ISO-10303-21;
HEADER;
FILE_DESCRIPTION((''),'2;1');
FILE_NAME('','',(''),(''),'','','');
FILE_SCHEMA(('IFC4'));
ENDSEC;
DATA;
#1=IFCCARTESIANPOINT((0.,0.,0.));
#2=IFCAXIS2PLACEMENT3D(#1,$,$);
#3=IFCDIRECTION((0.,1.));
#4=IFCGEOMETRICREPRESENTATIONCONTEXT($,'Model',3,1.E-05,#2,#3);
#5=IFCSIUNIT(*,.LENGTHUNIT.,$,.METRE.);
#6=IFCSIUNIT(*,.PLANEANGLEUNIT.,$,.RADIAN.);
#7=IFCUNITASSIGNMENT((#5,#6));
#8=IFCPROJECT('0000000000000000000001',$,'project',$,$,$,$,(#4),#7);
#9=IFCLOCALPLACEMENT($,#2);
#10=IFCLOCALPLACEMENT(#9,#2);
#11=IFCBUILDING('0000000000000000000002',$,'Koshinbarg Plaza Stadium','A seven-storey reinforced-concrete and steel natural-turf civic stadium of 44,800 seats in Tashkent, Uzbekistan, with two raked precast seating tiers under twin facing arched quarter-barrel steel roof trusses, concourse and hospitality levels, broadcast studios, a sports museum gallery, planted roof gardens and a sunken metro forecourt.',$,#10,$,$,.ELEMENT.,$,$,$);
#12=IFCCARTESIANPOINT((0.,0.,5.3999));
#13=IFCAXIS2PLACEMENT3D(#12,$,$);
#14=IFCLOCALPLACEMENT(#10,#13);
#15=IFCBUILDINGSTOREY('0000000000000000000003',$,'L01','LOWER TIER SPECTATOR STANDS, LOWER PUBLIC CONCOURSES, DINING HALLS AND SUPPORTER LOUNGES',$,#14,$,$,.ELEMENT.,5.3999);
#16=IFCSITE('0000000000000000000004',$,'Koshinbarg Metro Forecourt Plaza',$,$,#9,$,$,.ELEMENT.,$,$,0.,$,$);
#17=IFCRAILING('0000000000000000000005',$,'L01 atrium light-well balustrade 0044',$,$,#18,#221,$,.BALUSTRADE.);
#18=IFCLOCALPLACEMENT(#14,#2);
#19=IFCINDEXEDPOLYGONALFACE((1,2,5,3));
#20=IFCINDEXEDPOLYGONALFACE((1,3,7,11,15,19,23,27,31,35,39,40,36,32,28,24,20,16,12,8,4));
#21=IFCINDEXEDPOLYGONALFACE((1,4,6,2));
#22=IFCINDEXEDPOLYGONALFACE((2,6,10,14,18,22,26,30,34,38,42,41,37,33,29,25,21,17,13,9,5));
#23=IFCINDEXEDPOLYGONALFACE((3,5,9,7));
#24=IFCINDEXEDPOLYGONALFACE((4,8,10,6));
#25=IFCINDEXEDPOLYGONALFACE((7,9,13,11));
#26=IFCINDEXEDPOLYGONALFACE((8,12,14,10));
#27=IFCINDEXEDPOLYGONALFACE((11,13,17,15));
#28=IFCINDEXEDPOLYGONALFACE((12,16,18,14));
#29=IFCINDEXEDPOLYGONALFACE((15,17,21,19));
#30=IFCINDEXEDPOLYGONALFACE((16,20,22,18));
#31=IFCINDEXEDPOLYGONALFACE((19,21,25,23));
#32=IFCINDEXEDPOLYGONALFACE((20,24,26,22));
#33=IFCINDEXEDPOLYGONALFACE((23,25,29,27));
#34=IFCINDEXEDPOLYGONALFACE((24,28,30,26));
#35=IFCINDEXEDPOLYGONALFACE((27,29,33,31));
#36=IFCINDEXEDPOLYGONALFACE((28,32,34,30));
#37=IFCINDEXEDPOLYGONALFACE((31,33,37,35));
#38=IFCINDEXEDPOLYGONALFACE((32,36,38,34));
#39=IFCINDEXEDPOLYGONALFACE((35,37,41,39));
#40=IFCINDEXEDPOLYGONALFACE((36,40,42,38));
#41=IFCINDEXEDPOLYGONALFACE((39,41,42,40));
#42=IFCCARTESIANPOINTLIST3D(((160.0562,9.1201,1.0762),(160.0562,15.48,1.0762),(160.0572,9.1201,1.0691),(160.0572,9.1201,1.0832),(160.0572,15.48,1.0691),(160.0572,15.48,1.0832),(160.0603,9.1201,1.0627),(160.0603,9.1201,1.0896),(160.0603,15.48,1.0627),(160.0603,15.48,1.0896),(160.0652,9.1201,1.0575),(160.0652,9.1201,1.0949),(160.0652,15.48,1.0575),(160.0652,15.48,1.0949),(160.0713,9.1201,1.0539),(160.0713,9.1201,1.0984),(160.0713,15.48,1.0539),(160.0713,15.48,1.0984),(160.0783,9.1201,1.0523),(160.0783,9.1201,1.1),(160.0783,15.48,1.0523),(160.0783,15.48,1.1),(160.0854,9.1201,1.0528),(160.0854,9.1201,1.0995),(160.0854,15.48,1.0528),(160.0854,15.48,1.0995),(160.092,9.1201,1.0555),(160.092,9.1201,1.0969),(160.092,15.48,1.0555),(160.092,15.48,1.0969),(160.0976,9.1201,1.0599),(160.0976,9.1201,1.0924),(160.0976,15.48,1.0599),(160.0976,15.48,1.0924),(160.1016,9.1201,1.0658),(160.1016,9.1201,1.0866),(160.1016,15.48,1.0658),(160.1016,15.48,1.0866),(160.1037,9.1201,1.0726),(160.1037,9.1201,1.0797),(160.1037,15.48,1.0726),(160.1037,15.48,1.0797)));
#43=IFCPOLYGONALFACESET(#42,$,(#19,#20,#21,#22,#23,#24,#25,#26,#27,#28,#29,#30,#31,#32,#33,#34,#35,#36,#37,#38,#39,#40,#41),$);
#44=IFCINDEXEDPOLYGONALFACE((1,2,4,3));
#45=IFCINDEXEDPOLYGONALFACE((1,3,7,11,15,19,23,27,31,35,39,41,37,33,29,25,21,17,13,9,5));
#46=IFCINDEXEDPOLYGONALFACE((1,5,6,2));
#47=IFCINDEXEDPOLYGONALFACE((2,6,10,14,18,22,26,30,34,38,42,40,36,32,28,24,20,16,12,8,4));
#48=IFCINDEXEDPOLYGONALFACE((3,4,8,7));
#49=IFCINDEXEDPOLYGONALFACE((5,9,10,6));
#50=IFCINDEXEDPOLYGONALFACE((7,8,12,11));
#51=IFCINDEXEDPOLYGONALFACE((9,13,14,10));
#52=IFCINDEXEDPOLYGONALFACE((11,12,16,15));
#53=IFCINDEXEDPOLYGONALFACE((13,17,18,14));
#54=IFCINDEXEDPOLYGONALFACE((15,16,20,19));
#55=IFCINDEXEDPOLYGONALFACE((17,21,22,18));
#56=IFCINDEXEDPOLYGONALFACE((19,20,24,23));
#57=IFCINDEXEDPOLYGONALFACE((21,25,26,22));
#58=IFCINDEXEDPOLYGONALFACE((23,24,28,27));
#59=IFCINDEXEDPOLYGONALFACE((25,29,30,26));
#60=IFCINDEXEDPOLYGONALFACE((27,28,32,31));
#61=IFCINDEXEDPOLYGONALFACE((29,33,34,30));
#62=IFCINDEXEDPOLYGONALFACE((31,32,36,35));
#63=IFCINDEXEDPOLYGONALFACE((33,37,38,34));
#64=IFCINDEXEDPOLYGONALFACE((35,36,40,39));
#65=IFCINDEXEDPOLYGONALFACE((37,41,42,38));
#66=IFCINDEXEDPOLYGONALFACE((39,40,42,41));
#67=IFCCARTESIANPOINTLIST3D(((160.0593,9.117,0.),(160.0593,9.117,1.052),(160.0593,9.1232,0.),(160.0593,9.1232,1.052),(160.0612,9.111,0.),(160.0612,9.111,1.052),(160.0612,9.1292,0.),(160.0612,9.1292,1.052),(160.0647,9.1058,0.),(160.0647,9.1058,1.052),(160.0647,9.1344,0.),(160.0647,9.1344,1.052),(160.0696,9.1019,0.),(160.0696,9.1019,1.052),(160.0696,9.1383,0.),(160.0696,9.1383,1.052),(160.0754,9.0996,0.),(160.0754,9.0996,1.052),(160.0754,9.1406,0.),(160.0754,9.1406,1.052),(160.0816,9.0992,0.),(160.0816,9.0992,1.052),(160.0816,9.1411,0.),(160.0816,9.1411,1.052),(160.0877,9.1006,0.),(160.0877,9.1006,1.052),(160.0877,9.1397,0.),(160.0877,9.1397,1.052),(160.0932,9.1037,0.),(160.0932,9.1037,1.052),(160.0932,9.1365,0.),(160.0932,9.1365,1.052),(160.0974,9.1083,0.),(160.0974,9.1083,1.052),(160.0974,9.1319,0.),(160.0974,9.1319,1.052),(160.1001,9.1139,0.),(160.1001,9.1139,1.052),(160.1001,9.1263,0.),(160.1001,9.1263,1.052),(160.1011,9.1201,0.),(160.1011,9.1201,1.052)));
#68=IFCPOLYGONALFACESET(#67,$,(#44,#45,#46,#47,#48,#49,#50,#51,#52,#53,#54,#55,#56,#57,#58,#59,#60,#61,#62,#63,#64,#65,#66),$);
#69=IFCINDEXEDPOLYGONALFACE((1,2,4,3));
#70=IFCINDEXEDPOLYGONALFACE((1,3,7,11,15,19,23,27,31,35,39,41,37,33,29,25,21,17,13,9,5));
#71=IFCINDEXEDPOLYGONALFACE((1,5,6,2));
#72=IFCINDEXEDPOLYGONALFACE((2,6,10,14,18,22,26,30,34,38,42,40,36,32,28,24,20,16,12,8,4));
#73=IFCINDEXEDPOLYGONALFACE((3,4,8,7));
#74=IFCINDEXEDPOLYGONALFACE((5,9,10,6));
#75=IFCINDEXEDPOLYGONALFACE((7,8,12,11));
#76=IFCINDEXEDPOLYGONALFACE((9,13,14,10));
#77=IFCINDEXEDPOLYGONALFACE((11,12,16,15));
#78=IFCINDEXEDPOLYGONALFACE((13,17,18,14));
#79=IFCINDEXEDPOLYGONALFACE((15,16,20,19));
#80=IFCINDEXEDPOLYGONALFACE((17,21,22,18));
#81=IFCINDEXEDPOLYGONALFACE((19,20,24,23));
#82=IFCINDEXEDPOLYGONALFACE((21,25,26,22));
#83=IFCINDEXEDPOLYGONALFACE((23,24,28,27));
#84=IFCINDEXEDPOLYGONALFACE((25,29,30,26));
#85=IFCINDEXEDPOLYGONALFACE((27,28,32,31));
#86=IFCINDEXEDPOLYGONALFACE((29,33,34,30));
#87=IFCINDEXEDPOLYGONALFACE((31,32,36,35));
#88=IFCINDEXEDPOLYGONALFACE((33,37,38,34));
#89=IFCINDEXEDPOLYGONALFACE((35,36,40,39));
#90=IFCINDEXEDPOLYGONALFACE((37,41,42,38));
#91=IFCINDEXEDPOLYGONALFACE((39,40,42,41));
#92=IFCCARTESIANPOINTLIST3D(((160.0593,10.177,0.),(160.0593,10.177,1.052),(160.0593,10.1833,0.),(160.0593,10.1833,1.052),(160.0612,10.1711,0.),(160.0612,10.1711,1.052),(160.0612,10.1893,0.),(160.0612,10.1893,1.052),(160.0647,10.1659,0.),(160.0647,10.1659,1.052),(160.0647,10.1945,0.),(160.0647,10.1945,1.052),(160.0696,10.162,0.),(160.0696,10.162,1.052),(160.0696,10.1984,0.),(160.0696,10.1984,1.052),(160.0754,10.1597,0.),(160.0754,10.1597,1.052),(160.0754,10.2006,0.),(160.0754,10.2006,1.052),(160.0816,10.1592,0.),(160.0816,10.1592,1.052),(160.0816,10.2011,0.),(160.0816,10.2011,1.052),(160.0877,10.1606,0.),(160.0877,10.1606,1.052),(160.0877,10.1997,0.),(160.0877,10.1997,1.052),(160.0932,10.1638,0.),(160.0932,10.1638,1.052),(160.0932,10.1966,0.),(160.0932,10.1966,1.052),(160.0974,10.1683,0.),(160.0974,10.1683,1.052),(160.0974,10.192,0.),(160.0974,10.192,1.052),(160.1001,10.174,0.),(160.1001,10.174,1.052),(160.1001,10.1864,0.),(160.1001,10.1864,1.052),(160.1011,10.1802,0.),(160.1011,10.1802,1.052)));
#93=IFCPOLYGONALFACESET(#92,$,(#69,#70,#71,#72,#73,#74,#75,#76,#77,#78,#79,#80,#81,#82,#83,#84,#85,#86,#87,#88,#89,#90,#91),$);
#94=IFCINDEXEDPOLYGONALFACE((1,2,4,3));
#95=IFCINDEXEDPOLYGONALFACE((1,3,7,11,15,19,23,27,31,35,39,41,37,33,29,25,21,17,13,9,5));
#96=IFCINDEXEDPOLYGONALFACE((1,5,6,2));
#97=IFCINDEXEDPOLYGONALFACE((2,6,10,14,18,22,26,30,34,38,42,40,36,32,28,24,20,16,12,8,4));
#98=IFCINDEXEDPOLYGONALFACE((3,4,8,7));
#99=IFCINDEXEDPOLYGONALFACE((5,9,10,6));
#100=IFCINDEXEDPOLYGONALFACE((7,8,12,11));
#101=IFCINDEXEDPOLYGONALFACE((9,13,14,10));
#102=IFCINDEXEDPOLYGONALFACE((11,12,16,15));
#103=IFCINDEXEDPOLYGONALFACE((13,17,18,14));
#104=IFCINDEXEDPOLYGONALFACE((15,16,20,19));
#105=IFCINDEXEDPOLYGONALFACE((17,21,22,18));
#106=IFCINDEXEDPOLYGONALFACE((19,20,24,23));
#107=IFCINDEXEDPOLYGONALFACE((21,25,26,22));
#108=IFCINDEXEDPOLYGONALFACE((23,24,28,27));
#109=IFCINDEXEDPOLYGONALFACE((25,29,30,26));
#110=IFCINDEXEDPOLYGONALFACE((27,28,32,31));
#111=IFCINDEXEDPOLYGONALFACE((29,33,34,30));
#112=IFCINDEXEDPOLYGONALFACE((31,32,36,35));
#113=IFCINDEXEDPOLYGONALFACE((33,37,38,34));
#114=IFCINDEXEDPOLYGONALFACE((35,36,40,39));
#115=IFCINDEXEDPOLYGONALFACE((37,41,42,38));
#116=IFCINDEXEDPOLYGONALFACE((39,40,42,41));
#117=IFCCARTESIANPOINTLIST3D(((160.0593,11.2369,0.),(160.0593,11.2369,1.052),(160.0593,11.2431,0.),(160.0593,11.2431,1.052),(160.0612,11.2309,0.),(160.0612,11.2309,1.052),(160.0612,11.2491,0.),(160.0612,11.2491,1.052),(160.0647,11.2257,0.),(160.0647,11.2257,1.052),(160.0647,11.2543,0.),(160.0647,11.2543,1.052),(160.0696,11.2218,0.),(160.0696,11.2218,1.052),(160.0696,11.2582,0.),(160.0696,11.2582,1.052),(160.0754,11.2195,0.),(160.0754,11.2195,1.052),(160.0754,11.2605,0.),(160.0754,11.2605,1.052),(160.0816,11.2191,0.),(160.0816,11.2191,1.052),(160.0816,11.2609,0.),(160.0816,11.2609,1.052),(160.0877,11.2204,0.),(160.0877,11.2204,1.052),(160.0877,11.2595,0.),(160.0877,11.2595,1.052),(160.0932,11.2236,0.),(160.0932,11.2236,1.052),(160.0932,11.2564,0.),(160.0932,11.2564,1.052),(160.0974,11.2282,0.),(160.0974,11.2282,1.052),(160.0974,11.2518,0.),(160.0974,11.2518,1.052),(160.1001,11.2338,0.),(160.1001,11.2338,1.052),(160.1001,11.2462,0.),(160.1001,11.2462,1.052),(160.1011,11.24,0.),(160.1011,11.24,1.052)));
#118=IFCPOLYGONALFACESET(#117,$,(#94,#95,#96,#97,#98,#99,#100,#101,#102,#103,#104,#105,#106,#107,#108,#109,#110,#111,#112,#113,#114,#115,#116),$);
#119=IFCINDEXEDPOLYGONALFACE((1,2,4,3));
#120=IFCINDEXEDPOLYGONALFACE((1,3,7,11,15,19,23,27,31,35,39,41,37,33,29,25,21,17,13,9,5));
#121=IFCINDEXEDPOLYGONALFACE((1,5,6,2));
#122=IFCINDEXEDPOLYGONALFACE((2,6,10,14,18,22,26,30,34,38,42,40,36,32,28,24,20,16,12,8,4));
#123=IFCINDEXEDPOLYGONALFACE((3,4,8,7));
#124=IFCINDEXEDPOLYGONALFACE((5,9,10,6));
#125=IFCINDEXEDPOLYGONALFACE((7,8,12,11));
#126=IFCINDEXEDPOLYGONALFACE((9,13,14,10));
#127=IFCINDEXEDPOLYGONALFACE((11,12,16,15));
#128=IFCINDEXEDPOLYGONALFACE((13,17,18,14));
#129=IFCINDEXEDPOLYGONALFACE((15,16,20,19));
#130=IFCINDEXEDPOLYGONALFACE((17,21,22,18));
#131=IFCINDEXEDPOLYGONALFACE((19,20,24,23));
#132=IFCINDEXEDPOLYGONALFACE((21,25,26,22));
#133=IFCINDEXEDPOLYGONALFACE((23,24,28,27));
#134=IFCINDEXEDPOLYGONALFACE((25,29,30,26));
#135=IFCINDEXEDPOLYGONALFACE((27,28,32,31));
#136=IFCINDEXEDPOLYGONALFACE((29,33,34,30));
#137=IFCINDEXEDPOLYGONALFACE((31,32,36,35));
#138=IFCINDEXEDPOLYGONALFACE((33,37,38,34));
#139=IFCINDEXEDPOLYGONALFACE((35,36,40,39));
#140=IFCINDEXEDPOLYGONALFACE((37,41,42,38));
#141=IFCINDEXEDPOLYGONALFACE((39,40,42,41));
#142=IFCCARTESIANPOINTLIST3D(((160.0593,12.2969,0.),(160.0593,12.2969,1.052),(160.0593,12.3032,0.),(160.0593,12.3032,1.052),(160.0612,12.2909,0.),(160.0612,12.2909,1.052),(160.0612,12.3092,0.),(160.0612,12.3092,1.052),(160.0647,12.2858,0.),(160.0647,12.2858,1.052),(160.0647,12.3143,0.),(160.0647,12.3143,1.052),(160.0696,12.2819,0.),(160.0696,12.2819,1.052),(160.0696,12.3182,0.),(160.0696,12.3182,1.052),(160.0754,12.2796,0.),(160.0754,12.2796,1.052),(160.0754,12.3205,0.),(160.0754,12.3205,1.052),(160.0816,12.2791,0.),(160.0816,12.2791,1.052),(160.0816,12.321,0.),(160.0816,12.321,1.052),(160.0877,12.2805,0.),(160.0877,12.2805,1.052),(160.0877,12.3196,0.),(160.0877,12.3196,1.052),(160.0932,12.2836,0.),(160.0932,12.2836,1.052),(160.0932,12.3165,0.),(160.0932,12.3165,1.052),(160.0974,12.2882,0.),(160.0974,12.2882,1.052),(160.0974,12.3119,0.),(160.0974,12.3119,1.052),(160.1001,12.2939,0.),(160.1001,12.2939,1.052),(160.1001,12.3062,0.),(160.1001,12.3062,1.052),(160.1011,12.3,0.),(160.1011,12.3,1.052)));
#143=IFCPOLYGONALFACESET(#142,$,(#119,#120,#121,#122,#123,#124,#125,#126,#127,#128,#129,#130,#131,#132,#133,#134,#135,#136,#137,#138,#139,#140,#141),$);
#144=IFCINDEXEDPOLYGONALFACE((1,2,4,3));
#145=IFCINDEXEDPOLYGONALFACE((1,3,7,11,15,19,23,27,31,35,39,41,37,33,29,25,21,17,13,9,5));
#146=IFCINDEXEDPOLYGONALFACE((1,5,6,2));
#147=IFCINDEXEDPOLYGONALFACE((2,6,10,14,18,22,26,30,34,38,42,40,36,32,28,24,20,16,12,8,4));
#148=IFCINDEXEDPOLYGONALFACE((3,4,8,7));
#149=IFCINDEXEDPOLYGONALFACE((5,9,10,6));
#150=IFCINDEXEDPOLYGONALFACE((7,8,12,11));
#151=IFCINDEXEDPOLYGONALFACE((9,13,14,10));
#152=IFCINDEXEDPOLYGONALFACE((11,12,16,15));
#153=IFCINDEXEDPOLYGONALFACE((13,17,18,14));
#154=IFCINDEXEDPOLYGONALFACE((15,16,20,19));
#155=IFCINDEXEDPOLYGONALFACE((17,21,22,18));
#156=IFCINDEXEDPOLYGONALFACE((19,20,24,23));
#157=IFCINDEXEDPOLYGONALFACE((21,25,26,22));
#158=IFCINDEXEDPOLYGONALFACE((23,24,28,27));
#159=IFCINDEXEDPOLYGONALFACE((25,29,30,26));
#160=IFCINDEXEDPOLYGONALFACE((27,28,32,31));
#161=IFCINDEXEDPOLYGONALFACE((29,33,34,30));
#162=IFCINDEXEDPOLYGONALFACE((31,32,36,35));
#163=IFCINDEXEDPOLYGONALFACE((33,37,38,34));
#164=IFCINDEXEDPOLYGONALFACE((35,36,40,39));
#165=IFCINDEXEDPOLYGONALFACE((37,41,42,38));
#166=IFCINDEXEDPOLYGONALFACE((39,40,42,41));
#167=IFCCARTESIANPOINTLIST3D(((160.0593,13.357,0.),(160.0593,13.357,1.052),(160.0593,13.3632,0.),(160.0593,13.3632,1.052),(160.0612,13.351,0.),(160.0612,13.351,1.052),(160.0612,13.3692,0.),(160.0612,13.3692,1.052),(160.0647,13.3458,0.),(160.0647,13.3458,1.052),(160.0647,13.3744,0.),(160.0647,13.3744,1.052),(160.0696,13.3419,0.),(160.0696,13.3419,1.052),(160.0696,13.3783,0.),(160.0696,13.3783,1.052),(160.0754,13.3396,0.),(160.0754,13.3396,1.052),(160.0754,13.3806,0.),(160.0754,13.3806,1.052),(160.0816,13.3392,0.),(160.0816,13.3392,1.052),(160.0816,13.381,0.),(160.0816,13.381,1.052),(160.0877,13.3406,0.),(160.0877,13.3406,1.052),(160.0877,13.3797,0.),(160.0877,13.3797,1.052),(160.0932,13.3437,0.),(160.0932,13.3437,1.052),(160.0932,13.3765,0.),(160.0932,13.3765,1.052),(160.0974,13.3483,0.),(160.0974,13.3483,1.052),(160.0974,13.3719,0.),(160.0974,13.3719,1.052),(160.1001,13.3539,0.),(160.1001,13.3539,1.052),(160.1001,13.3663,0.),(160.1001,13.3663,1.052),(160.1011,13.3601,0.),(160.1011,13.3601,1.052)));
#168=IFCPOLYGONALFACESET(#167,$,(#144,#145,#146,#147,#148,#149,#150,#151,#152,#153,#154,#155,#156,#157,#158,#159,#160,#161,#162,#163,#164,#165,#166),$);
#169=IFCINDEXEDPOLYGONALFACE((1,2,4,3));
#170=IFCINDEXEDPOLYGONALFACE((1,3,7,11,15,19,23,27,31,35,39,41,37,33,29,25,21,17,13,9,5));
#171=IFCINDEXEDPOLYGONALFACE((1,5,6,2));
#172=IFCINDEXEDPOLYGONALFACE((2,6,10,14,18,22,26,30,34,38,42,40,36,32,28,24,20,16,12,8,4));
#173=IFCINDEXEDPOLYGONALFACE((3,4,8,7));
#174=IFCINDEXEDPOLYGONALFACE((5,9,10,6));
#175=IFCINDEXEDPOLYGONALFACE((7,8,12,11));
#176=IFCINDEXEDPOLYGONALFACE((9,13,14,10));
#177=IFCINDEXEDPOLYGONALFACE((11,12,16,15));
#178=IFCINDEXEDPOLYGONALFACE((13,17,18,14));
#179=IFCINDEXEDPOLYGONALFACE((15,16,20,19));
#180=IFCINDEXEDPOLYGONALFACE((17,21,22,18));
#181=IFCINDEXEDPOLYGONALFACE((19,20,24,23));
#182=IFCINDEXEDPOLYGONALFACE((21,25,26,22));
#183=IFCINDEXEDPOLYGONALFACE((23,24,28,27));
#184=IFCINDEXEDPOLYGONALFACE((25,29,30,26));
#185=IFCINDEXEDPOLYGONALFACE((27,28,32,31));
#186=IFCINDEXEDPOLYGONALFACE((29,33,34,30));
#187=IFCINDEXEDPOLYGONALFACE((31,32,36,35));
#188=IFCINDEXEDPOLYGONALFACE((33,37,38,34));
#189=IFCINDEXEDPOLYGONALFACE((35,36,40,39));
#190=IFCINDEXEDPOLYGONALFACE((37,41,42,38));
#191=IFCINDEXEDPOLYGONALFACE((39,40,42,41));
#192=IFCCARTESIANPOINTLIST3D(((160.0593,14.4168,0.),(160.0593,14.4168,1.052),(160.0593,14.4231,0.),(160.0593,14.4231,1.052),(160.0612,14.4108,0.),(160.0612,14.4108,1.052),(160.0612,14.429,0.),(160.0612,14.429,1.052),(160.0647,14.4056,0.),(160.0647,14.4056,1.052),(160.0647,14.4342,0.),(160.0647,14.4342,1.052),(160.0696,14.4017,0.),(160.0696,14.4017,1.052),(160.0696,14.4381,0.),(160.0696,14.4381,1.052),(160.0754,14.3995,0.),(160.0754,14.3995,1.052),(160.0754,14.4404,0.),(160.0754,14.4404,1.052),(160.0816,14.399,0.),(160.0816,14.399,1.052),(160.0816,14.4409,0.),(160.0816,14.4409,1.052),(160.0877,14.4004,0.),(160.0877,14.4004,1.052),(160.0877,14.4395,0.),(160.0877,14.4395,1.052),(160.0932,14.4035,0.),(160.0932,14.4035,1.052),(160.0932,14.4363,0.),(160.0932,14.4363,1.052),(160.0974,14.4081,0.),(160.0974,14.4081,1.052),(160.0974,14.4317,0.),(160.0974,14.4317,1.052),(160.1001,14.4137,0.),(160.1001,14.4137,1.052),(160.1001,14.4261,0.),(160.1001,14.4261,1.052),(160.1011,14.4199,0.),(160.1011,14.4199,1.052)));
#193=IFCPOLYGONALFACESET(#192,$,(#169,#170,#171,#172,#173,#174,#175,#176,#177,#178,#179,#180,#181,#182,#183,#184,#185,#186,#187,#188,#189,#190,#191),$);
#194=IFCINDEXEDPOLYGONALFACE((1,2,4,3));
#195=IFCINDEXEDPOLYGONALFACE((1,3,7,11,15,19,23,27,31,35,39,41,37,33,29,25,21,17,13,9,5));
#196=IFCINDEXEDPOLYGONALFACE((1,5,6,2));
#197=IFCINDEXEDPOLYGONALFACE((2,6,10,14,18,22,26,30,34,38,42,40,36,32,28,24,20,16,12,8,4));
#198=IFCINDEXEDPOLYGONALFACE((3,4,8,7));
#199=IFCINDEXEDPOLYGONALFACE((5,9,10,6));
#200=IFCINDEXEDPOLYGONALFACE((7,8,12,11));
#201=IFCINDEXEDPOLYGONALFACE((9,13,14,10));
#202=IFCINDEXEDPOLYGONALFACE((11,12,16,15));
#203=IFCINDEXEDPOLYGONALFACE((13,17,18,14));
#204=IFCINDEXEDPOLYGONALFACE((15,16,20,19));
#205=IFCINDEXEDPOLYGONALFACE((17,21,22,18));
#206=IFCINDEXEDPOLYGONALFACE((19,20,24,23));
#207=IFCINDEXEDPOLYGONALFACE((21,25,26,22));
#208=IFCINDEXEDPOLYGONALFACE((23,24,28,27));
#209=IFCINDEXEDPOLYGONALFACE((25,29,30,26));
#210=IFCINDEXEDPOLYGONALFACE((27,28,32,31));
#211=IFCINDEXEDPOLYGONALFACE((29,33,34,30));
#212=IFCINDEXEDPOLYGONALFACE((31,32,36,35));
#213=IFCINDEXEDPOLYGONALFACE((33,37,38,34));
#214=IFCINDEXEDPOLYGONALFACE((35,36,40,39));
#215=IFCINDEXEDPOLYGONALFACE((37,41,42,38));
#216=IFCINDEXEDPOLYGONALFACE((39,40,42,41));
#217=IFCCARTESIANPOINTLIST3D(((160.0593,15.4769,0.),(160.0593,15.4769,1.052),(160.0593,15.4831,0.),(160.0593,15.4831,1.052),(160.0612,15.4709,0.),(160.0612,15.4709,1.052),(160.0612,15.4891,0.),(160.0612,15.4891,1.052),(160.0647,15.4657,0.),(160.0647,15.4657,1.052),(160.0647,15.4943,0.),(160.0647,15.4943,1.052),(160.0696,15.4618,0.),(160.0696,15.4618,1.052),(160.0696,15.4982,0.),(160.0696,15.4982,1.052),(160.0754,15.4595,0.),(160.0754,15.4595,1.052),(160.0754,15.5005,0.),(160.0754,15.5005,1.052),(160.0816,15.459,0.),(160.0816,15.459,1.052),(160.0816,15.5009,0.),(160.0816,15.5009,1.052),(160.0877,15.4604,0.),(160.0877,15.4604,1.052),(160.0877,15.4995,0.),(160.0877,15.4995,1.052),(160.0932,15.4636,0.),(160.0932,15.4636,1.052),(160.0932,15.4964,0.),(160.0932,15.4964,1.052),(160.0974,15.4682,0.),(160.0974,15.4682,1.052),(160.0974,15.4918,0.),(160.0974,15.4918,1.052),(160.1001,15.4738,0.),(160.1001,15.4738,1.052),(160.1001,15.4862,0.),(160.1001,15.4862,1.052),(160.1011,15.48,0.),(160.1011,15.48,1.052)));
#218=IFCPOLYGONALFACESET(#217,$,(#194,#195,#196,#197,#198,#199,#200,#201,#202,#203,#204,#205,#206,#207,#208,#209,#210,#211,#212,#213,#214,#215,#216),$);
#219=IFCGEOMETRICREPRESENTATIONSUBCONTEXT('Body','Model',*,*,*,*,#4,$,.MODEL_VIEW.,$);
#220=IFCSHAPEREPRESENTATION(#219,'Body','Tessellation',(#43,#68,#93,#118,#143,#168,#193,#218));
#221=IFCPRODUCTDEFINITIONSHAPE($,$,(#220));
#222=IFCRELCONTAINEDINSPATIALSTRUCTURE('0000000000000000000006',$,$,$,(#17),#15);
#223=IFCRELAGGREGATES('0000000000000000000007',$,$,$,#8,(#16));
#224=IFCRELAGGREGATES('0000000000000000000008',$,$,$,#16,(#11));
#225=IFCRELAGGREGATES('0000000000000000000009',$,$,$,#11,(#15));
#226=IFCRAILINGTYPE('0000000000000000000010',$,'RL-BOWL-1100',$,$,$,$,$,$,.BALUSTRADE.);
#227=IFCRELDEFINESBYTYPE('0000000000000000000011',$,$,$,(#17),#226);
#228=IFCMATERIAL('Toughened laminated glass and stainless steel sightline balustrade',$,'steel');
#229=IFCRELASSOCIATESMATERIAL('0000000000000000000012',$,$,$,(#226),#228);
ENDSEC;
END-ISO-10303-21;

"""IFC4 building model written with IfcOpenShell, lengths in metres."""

from ifc_helpers import new_model, si_unit, direction, frame, origin, origin_2d, place, context, subcontext, project, spatial, circle, extrude, material, type_object, element, save


model = new_model("IFC4")

# Units and contexts
model_context = context("Model", 3, precision=1e-05, world=origin(), true_north=direction((0.0, 1.0)))
body_context = subcontext(model_context, "Body", "Model", "MODEL_VIEW")
ifc_project = project(units=[si_unit("LENGTHUNIT", "METRE"), si_unit("PLANEANGLEUNIT", "RADIAN")], contexts=[model_context])

# Site, building, storey
site_placement = place(None, origin())
site = spatial("IfcSite", under=ifc_project, at=site_placement, Name="Koshinbarg Metro Forecourt Plaza", CompositionType="ELEMENT", RefElevation=0.0)
building_placement = place(site_placement, origin())
building = spatial("IfcBuilding", under=site, at=building_placement, Name="Koshinbarg Plaza Stadium", Description="A seven-storey reinforced-concrete and steel natural-turf civic stadium of 44,800 seats in Tashkent, Uzbekistan, with two raked precast seating tiers under twin facing arched quarter-barrel steel roof trusses, concourse and hospitality levels, broadcast studios, a sports museum gallery, planted roof gardens and a sunken metro forecourt.", CompositionType="ELEMENT")
storey_placement = place(building_placement, frame((0.0, 0.0, 5.3999)))
storey = spatial("IfcBuildingStorey", under=building, at=storey_placement, Name="L01", Description="LOWER TIER SPECTATOR STANDS, LOWER PUBLIC CONCOURSES, DINING HALLS AND SUPPORTER LOUNGES", CompositionType="ELEMENT", Elevation=5.3999)

# Railing
ifc_material_1 = material(Name="Toughened laminated glass and stainless steel sightline balustrade", Category="steel")
railing_type = type_object("IfcRailingType", Name="RL-BOWL-1100", PredefinedType="BALUSTRADE", material=ifc_material_1)
railing_1_placement = place(storey_placement, frame((160.0801, 9.1201, 0.0)))
element("IfcRailing", 1, at=railing_1_placement, inside=storey, type_object=railing_type, Name="L01 atrium light-well balustrade 0044", PredefinedType="BALUSTRADE", context=body_context, shape_type="SweptSolid", body=[
    extrude(circle(Radius=0.0239, at=origin_2d()), frame((0.0, 0.0, 1.0762), z_axis=(0.0, 1.0, 0.0), x_axis=(-1.0, 0.0, 0.0)), (0.0, 0.0, 1.0), 6.3599),
    extrude(circle(Radius=0.021, at=origin_2d()), origin(), (0.0, 0.0, 1.0), 1.052),
    extrude(circle(Radius=0.021, at=origin_2d()), frame((0.0, 1.0601, 0.0)), (0.0, 0.0, 1.0), 1.052),
    extrude(circle(Radius=0.021, at=origin_2d()), frame((0.0, 2.1199, 0.0)), (0.0, 0.0, 1.0), 1.052),
    extrude(circle(Radius=0.021, at=origin_2d()), frame((0.0, 3.1799, 0.0)), (0.0, 0.0, 1.0), 1.052),
    extrude(circle(Radius=0.021, at=origin_2d()), frame((0.0, 4.24, 0.0)), (0.0, 0.0, 1.0), 1.052),
    extrude(circle(Radius=0.021, at=origin_2d()), frame((0.0, 5.2998, 0.0)), (0.0, 0.0, 1.0), 1.052),
    extrude(circle(Radius=0.021, at=origin_2d()), frame((0.0, 6.3599, 0.0)), (0.0, 0.0, 1.0), 1.052),
])

save(model, "model.ifc")
